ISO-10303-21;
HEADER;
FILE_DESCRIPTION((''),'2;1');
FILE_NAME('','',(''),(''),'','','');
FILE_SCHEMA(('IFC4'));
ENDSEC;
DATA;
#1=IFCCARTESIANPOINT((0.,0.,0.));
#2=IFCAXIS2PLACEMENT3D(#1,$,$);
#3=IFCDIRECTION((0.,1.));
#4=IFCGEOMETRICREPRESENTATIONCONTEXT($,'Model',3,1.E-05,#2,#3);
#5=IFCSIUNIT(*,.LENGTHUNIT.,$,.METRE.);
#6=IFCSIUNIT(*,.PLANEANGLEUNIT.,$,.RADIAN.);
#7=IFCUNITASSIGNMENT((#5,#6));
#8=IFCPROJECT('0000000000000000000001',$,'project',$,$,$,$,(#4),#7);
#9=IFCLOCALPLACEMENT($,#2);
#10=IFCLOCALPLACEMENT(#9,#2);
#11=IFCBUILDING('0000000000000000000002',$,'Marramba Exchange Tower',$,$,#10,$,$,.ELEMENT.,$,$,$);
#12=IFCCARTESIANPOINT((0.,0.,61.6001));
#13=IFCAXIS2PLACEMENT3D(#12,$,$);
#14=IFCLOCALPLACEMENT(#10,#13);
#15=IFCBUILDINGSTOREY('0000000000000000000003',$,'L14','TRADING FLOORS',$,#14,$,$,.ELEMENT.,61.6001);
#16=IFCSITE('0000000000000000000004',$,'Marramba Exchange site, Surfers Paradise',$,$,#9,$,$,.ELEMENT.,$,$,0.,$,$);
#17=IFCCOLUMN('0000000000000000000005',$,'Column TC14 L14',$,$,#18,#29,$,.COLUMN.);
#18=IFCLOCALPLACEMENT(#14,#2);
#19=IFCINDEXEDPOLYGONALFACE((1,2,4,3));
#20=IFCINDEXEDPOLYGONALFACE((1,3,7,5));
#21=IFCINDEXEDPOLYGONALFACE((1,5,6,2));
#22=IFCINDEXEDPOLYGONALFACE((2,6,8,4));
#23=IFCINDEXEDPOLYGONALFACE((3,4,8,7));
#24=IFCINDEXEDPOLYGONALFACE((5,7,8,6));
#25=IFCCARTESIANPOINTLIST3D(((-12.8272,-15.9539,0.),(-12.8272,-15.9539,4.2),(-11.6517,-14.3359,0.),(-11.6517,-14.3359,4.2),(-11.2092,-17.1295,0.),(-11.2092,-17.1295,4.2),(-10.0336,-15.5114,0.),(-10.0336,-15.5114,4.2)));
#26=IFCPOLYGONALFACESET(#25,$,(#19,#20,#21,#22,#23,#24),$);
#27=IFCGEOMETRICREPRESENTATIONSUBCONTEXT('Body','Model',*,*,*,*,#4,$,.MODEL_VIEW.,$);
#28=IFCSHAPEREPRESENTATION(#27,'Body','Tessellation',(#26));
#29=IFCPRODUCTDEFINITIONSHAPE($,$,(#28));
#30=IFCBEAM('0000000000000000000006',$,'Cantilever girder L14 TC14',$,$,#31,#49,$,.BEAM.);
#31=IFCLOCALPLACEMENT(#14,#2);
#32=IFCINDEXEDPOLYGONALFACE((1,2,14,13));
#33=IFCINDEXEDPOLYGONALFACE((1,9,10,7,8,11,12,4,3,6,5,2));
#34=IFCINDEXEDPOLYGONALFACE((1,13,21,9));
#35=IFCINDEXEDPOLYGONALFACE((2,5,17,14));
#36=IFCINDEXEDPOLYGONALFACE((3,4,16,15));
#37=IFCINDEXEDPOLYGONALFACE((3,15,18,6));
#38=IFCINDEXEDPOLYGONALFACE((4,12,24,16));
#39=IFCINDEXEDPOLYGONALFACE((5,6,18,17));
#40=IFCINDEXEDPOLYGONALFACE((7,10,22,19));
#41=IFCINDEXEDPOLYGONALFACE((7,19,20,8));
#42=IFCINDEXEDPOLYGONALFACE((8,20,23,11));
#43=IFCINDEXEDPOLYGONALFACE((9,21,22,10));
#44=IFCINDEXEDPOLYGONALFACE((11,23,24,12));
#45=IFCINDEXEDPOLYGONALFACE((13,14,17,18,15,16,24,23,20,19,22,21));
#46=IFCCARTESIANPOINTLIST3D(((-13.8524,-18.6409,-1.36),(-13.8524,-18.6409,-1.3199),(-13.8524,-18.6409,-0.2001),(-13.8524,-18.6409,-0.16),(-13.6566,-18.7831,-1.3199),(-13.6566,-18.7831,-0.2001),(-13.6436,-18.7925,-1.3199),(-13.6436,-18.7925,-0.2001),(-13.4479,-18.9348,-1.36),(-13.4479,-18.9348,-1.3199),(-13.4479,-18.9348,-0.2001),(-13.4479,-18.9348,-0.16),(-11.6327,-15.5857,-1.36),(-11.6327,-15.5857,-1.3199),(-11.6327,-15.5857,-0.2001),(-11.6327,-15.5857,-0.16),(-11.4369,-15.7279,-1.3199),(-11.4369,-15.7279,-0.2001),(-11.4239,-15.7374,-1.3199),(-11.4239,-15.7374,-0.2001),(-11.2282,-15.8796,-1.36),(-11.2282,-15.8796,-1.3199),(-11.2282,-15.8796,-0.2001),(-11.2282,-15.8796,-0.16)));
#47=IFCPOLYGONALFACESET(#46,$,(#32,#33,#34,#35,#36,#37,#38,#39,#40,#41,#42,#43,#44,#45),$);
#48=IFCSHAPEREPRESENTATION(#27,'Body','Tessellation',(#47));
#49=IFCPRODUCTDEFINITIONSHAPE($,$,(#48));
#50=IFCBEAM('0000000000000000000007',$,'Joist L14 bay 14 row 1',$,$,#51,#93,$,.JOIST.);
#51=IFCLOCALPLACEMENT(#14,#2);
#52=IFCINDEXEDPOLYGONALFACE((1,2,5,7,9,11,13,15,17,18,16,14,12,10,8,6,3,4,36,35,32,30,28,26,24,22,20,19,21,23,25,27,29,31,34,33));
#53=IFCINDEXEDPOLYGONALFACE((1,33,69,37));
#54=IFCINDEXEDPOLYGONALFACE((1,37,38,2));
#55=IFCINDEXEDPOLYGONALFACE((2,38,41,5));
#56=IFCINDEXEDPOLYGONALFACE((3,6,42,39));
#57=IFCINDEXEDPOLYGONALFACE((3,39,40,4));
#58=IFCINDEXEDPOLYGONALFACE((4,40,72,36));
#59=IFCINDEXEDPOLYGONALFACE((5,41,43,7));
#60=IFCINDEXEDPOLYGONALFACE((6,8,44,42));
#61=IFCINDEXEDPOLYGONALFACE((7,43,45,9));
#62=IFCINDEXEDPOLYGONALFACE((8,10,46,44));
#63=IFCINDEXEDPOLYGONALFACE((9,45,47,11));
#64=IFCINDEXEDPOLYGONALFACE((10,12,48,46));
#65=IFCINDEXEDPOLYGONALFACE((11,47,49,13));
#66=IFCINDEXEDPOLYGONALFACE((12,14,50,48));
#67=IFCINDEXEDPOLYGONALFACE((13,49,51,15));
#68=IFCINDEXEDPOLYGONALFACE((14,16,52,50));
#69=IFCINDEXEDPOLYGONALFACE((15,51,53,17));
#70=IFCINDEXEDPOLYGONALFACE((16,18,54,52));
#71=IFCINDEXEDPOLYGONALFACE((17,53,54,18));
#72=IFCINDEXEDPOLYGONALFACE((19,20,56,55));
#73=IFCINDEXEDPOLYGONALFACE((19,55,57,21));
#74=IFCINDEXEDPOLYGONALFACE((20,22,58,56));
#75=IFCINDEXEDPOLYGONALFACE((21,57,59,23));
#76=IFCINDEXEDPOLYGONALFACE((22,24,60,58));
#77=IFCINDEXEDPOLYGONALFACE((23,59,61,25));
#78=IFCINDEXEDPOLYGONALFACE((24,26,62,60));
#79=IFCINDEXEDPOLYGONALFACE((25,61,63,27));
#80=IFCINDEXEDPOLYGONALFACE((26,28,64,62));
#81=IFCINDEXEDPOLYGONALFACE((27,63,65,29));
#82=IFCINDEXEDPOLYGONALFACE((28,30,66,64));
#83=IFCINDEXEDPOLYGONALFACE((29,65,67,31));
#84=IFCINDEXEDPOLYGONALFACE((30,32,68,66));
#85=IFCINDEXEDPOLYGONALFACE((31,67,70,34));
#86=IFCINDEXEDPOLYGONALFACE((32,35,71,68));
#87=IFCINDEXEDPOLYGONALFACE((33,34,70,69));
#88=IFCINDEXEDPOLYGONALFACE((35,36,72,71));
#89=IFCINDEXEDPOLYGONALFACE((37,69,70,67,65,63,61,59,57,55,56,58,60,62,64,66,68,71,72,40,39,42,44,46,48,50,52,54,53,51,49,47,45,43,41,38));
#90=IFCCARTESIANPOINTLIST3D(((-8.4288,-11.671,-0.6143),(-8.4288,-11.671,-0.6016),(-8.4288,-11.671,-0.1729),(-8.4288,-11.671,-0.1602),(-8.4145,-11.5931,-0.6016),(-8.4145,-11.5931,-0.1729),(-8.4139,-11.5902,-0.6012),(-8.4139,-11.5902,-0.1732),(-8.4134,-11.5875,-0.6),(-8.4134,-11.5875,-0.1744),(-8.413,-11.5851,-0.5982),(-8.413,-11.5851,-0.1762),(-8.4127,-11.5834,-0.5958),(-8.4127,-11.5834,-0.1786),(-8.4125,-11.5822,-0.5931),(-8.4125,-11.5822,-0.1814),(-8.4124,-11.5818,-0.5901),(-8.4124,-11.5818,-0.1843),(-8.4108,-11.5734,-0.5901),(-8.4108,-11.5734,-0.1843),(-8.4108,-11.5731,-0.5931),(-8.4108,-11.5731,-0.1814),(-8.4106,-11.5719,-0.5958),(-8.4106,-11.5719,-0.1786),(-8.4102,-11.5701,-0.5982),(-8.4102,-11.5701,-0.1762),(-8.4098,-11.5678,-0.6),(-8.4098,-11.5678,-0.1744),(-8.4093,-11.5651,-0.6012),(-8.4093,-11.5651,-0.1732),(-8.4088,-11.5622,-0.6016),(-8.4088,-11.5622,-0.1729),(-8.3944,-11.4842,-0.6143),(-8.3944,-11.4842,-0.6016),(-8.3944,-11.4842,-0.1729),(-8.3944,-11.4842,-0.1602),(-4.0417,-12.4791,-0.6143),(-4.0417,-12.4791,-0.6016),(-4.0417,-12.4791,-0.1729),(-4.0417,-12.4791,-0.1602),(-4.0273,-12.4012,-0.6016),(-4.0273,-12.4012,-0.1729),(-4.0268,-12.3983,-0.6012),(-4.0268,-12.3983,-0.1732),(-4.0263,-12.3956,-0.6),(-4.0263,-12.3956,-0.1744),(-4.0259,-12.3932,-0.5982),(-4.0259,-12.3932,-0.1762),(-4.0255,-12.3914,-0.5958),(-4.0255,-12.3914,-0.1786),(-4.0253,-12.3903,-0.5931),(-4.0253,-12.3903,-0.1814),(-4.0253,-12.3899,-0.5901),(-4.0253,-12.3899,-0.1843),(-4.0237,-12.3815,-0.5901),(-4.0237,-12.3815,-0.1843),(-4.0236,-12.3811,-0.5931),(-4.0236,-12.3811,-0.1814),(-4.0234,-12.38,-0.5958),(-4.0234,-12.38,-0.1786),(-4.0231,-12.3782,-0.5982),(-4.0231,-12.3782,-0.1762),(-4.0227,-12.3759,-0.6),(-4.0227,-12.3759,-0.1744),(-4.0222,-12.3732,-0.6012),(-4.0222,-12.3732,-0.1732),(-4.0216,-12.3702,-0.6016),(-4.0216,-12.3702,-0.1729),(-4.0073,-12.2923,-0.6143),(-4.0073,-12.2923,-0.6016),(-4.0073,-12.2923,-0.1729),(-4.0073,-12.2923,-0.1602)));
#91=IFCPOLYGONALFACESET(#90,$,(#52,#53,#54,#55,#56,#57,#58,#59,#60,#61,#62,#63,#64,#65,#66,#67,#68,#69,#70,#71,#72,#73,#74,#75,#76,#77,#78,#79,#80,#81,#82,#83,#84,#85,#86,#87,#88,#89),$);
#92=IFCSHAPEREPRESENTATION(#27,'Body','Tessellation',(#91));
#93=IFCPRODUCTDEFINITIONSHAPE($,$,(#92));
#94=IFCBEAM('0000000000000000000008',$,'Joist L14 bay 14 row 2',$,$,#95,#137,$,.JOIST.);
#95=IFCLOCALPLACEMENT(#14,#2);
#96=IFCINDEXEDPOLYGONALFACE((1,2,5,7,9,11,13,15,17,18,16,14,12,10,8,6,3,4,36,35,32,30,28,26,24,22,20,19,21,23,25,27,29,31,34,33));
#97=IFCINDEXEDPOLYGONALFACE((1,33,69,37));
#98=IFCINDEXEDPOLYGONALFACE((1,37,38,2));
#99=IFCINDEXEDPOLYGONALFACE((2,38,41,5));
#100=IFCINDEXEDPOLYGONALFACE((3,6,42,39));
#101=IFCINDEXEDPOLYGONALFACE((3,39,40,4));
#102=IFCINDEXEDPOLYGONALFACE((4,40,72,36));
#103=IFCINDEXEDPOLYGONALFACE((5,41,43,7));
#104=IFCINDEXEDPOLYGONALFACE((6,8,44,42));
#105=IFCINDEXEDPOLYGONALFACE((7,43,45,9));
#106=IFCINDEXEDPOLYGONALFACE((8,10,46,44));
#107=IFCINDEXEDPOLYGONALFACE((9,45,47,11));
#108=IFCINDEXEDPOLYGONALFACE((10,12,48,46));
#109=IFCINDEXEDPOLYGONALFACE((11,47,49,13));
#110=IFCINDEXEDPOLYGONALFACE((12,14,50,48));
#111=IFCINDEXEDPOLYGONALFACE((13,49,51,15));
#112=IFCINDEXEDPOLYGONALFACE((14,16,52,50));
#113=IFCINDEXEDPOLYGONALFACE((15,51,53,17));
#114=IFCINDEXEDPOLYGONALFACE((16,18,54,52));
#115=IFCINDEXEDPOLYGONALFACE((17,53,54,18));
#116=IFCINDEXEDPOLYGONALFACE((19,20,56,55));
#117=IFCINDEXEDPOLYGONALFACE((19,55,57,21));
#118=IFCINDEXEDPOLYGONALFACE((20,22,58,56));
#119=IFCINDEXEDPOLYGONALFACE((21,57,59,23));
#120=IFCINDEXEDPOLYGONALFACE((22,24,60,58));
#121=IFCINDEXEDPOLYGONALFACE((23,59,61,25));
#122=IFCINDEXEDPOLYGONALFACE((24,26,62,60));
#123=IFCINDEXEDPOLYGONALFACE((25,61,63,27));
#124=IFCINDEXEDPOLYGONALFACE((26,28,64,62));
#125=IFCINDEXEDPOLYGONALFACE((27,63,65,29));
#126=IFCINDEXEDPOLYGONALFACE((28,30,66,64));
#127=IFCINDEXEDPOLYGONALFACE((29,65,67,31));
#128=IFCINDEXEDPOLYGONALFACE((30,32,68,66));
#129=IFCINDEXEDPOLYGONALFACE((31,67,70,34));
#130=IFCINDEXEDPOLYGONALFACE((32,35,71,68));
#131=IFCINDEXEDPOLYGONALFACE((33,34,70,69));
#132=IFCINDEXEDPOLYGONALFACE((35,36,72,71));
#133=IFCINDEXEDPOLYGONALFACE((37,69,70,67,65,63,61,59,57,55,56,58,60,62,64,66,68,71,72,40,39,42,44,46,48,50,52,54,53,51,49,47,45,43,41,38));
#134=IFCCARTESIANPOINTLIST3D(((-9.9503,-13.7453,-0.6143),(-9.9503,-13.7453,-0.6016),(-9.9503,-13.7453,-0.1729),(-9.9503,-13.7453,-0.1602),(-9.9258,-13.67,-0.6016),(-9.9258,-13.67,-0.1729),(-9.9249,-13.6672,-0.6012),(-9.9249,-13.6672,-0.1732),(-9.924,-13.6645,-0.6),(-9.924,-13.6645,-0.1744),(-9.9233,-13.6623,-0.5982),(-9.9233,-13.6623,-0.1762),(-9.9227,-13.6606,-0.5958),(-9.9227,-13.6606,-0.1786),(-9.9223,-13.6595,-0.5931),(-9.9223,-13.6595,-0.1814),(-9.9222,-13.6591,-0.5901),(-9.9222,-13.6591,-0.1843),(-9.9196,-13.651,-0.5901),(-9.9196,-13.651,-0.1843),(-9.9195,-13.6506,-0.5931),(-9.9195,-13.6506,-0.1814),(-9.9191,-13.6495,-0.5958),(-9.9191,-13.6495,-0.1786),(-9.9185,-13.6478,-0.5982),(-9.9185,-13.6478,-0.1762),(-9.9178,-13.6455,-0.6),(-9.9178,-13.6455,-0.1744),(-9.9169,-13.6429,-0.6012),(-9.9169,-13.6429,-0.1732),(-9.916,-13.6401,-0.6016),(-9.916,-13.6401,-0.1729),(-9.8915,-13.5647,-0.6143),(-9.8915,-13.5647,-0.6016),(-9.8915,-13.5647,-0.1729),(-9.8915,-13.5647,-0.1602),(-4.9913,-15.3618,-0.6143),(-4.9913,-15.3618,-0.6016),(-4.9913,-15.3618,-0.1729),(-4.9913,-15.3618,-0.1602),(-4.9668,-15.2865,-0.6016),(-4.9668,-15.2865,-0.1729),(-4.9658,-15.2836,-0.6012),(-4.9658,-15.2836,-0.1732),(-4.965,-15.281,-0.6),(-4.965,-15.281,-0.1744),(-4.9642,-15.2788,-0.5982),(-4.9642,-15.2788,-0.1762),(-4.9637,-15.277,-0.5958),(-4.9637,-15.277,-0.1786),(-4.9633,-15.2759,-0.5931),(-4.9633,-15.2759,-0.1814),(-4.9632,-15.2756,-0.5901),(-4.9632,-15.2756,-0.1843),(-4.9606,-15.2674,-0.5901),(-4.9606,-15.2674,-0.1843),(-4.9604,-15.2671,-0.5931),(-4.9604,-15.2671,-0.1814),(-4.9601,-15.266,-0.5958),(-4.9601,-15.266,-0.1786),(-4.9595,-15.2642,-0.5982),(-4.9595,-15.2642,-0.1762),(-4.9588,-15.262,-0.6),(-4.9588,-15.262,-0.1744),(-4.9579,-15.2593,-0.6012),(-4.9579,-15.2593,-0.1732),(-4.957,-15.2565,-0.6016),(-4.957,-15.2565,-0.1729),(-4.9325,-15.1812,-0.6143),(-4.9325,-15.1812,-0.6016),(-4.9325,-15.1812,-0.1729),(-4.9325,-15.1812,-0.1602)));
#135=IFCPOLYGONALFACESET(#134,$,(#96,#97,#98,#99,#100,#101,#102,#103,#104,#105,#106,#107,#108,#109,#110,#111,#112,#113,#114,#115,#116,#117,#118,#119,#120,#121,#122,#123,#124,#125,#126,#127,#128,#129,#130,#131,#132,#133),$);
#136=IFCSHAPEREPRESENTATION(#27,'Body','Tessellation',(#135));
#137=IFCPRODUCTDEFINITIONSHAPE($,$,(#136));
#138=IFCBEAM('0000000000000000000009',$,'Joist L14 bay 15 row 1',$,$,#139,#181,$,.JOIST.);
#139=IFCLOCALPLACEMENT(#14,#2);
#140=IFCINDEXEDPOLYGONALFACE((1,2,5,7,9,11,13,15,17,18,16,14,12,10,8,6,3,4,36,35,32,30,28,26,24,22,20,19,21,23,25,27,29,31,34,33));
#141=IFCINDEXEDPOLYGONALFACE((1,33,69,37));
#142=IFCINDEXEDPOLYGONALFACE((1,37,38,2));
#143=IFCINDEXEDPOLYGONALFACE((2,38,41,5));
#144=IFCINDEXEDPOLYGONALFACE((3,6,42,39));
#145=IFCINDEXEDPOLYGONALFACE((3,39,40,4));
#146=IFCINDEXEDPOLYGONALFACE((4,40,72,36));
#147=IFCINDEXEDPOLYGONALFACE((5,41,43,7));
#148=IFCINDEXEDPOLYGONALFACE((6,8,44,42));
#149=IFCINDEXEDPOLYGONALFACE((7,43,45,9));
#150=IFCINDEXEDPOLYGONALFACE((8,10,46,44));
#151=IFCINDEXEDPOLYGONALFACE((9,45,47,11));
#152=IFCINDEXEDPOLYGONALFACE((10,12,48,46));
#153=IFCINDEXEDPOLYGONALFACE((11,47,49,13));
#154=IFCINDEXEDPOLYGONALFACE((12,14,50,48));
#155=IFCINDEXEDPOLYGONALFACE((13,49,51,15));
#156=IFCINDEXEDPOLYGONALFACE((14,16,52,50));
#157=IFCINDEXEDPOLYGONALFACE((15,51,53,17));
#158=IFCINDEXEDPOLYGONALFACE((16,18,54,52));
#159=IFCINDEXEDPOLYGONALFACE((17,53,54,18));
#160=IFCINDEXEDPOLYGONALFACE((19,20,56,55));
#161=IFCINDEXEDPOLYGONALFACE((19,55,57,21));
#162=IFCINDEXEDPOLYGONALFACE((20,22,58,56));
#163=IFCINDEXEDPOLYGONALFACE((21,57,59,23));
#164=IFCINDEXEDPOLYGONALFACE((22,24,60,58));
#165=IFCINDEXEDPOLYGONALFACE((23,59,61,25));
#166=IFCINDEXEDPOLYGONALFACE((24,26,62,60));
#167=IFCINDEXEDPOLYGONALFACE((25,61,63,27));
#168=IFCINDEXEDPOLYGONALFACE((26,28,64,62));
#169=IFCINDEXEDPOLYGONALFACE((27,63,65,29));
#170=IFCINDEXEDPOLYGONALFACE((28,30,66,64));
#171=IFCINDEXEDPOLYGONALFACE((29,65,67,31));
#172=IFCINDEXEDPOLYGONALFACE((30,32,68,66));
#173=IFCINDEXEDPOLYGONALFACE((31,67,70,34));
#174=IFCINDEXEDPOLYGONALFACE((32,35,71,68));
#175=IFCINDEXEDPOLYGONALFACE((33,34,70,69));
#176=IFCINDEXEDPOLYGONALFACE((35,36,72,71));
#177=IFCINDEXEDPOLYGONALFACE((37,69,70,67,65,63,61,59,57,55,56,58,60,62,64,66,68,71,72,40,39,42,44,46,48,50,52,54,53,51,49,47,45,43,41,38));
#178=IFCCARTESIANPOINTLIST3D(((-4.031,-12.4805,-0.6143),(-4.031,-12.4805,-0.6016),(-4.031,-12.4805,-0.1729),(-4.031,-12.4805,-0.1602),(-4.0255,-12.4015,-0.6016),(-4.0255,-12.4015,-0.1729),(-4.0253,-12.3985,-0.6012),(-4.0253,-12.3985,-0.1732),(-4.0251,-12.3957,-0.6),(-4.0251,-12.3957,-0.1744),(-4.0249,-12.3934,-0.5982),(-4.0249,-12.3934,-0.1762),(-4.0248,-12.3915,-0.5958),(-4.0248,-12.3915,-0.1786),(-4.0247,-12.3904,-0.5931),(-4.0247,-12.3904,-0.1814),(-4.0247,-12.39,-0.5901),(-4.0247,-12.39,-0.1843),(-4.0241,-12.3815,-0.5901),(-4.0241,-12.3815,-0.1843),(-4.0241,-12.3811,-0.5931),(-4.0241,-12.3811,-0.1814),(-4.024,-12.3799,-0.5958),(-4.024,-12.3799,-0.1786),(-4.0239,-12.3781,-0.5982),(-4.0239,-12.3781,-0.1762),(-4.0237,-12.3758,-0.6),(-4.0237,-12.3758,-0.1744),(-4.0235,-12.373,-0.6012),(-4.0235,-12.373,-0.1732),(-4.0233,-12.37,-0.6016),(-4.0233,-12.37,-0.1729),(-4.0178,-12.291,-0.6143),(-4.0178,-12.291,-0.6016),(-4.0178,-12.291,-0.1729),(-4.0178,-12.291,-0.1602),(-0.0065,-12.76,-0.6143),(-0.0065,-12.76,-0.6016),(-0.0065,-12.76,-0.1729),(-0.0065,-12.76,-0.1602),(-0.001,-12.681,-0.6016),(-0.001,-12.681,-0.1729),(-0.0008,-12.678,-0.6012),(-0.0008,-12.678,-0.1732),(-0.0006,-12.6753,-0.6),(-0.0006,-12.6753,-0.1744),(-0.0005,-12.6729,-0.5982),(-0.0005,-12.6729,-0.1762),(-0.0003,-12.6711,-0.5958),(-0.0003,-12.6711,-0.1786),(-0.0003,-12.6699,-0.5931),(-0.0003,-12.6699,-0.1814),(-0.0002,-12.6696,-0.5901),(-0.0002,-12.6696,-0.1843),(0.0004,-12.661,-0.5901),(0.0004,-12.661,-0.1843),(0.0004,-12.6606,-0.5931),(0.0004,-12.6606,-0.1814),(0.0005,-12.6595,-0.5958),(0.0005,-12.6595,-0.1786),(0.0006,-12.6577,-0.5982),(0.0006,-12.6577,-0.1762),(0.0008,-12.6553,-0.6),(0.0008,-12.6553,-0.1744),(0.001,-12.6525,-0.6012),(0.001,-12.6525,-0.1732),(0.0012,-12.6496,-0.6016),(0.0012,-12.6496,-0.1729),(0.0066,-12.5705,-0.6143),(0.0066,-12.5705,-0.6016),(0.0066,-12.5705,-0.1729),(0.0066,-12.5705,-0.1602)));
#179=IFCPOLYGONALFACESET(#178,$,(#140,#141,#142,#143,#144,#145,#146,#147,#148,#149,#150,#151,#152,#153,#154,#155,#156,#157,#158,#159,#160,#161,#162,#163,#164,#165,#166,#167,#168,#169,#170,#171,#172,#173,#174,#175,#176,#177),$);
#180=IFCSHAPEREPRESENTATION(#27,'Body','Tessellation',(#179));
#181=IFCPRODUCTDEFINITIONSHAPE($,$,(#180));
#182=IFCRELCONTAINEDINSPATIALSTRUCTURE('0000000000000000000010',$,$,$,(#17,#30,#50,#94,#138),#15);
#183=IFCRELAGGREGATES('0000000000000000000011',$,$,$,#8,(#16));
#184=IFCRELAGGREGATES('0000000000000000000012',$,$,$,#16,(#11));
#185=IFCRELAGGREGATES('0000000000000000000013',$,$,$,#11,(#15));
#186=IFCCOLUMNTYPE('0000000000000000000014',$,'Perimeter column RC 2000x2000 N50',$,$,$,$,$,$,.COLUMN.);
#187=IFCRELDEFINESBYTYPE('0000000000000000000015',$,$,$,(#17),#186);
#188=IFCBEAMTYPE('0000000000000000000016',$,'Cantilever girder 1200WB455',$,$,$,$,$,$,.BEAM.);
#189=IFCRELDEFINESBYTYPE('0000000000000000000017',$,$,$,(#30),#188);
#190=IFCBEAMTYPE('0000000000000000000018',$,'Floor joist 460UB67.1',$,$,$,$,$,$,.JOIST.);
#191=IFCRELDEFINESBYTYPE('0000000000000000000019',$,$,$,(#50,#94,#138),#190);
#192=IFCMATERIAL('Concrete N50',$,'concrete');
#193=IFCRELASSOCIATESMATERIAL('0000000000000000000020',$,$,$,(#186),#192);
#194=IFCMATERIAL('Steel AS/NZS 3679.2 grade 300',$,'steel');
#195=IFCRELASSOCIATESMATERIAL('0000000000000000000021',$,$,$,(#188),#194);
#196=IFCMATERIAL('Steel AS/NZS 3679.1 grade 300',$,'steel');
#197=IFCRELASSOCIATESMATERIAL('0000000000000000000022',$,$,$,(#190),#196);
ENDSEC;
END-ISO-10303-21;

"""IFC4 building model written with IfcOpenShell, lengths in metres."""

from ifc_helpers import new_model, si_unit, direction, frame, origin, origin_2d, place, context, subcontext, project, spatial, rectangle, i_section, extrude, material, material_profile, profile_set, type_object, element, save


model = new_model("IFC4")

# Units and contexts
model_context = context("Model", 3, precision=1e-05, world=origin(), true_north=direction((0.0, 1.0)))
body_context = subcontext(model_context, "Body", "Model", "MODEL_VIEW")
ifc_project = project(units=[si_unit("LENGTHUNIT", "METRE"), si_unit("PLANEANGLEUNIT", "RADIAN")], contexts=[model_context])

# Site, building, storey
site_placement = place(None, origin())
site = spatial("IfcSite", under=ifc_project, at=site_placement, Name="Marramba Exchange site, Surfers Paradise", CompositionType="ELEMENT", RefElevation=0.0)
building_placement = place(site_placement, origin())
building = spatial("IfcBuilding", under=site, at=building_placement, Name="Marramba Exchange Tower", CompositionType="ELEMENT")
storey_placement = place(building_placement, frame((0.0, 0.0, 61.6001)))
storey = spatial("IfcBuildingStorey", under=building, at=storey_placement, Name="L14", Description="TRADING FLOORS", CompositionType="ELEMENT", Elevation=61.6001)

# Column
ifc_material_1 = material(Name="Concrete N50", Category="concrete")
ifc_material_profile_1 = material_profile(ifc_material_1, rectangle(XDim=2.0, YDim=2.0, at=origin_2d()), Name="RC 2000x2000")
ifc_profile_set_1 = profile_set([ifc_material_profile_1], Name="Concrete N50")
column_type = type_object("IfcColumnType", Name="Perimeter column RC 2000x2000 N50", PredefinedType="COLUMN", material=ifc_profile_set_1)
column_placement = place(storey_placement, frame((-11.4304, -15.7327, 0.0), z_axis=(0.0, 0.0, 1.0), x_axis=(-0.587785, -0.809017, 0.0)))
element("IfcColumn", 1, at=column_placement, inside=storey, type_object=column_type, Name="Column TC14 L14", PredefinedType="COLUMN", context=body_context, shape_type="SweptSolid", body=[
    extrude(rectangle(XDim=2.0, YDim=2.0, at=origin_2d()), origin(), (0.0, 0.0, 1.0), 4.2),
])

# Beams
ifc_material_2 = material(Name="Steel AS/NZS 3679.2 grade 300", Category="steel")
ifc_material_profile_2 = material_profile(ifc_material_2, i_section(OverallWidth=0.5, OverallDepth=1.2, WebThickness=0.0161, FlangeThickness=0.04, at=origin_2d()), Name="1200WB455")
ifc_profile_set_2 = profile_set([ifc_material_profile_2], Name="Steel AS/NZS 3679.2 grade 300")
beam_type_1 = type_object("IfcBeamType", Name="Cantilever girder 1200WB455", PredefinedType="BEAM", material=ifc_profile_set_2)
beam_1_placement = place(storey_placement, frame((-11.4304, -15.7327, -0.76), z_axis=(-0.587787, -0.809016, 0.0), x_axis=(0.809016, -0.587787, 0.0)))
element("IfcBeam", 2, at=beam_1_placement, inside=storey, type_object=beam_type_1, Name="Cantilever girder L14 TC14", PredefinedType="BEAM", context=body_context, shape_type="SweptSolid", body=[
    extrude(i_section(OverallWidth=0.5, OverallDepth=1.2, WebThickness=0.0161, FlangeThickness=0.04, at=origin_2d()), origin(), (0.0, 0.0, 1.0), 3.7764),
])
ifc_material_3 = material(Name="Steel AS/NZS 3679.1 grade 300", Category="steel")
ifc_material_profile_3 = material_profile(ifc_material_3, i_section(OverallWidth=0.1899, OverallDepth=0.4541, WebThickness=0.0085, FlangeThickness=0.0127, FilletRadius=0.0115, at=origin_2d()), Name="460UB67.1")
ifc_profile_set_3 = profile_set([ifc_material_profile_3], Name="Steel AS/NZS 3679.1 grade 300")
beam_type_2 = type_object("IfcBeamType", Name="Floor joist 460UB67.1", PredefinedType="JOIST", material=ifc_profile_set_3)
beam_2_placement = place(storey_placement, frame((-8.4116, -11.5776, -0.3872), z_axis=(0.983456, -0.181149, 0.0), x_axis=(0.181149, 0.983456, 0.0)))
element("IfcBeam", 3, at=beam_2_placement, inside=storey, type_object=beam_type_2, Name="Joist L14 bay 14 row 1", PredefinedType="JOIST", context=body_context, shape_type="SweptSolid", body=[
    extrude(i_section(OverallWidth=0.1899, OverallDepth=0.4541, WebThickness=0.0085, FlangeThickness=0.0127, FilletRadius=0.0115, at=origin_2d()), origin(), (0.0, 0.0, 1.0), 4.4609),
])
beam_3_placement = place(storey_placement, frame((-9.9209, -13.655, -0.3872), z_axis=(0.950764, -0.309916, 0.0), x_axis=(0.309916, 0.950764, 0.0)))
element("IfcBeam", 4, at=beam_3_placement, inside=storey, type_object=beam_type_2, Name="Joist L14 bay 14 row 2", PredefinedType="JOIST", context=body_context, shape_type="SweptSolid", body=[
    extrude(i_section(OverallWidth=0.1899, OverallDepth=0.4541, WebThickness=0.0085, FlangeThickness=0.0127, FilletRadius=0.0115, at=origin_2d()), origin(), (0.0, 0.0, 1.0), 5.2158),
])
beam_4_placement = place(storey_placement, frame((-4.0244, -12.3857, -0.3872), z_axis=(0.997596, -0.069294, 0.0), x_axis=(0.069294, 0.997596, 0.0)))
element("IfcBeam", 5, at=beam_4_placement, inside=storey, type_object=beam_type_2, Name="Joist L14 bay 15 row 1", PredefinedType="JOIST", context=body_context, shape_type="SweptSolid", body=[
    extrude(i_section(OverallWidth=0.1899, OverallDepth=0.4541, WebThickness=0.0085, FlangeThickness=0.0127, FilletRadius=0.0115, at=origin_2d()), origin(), (0.0, 0.0, 1.0), 4.0342),
])

save(model, "model.ifc")
